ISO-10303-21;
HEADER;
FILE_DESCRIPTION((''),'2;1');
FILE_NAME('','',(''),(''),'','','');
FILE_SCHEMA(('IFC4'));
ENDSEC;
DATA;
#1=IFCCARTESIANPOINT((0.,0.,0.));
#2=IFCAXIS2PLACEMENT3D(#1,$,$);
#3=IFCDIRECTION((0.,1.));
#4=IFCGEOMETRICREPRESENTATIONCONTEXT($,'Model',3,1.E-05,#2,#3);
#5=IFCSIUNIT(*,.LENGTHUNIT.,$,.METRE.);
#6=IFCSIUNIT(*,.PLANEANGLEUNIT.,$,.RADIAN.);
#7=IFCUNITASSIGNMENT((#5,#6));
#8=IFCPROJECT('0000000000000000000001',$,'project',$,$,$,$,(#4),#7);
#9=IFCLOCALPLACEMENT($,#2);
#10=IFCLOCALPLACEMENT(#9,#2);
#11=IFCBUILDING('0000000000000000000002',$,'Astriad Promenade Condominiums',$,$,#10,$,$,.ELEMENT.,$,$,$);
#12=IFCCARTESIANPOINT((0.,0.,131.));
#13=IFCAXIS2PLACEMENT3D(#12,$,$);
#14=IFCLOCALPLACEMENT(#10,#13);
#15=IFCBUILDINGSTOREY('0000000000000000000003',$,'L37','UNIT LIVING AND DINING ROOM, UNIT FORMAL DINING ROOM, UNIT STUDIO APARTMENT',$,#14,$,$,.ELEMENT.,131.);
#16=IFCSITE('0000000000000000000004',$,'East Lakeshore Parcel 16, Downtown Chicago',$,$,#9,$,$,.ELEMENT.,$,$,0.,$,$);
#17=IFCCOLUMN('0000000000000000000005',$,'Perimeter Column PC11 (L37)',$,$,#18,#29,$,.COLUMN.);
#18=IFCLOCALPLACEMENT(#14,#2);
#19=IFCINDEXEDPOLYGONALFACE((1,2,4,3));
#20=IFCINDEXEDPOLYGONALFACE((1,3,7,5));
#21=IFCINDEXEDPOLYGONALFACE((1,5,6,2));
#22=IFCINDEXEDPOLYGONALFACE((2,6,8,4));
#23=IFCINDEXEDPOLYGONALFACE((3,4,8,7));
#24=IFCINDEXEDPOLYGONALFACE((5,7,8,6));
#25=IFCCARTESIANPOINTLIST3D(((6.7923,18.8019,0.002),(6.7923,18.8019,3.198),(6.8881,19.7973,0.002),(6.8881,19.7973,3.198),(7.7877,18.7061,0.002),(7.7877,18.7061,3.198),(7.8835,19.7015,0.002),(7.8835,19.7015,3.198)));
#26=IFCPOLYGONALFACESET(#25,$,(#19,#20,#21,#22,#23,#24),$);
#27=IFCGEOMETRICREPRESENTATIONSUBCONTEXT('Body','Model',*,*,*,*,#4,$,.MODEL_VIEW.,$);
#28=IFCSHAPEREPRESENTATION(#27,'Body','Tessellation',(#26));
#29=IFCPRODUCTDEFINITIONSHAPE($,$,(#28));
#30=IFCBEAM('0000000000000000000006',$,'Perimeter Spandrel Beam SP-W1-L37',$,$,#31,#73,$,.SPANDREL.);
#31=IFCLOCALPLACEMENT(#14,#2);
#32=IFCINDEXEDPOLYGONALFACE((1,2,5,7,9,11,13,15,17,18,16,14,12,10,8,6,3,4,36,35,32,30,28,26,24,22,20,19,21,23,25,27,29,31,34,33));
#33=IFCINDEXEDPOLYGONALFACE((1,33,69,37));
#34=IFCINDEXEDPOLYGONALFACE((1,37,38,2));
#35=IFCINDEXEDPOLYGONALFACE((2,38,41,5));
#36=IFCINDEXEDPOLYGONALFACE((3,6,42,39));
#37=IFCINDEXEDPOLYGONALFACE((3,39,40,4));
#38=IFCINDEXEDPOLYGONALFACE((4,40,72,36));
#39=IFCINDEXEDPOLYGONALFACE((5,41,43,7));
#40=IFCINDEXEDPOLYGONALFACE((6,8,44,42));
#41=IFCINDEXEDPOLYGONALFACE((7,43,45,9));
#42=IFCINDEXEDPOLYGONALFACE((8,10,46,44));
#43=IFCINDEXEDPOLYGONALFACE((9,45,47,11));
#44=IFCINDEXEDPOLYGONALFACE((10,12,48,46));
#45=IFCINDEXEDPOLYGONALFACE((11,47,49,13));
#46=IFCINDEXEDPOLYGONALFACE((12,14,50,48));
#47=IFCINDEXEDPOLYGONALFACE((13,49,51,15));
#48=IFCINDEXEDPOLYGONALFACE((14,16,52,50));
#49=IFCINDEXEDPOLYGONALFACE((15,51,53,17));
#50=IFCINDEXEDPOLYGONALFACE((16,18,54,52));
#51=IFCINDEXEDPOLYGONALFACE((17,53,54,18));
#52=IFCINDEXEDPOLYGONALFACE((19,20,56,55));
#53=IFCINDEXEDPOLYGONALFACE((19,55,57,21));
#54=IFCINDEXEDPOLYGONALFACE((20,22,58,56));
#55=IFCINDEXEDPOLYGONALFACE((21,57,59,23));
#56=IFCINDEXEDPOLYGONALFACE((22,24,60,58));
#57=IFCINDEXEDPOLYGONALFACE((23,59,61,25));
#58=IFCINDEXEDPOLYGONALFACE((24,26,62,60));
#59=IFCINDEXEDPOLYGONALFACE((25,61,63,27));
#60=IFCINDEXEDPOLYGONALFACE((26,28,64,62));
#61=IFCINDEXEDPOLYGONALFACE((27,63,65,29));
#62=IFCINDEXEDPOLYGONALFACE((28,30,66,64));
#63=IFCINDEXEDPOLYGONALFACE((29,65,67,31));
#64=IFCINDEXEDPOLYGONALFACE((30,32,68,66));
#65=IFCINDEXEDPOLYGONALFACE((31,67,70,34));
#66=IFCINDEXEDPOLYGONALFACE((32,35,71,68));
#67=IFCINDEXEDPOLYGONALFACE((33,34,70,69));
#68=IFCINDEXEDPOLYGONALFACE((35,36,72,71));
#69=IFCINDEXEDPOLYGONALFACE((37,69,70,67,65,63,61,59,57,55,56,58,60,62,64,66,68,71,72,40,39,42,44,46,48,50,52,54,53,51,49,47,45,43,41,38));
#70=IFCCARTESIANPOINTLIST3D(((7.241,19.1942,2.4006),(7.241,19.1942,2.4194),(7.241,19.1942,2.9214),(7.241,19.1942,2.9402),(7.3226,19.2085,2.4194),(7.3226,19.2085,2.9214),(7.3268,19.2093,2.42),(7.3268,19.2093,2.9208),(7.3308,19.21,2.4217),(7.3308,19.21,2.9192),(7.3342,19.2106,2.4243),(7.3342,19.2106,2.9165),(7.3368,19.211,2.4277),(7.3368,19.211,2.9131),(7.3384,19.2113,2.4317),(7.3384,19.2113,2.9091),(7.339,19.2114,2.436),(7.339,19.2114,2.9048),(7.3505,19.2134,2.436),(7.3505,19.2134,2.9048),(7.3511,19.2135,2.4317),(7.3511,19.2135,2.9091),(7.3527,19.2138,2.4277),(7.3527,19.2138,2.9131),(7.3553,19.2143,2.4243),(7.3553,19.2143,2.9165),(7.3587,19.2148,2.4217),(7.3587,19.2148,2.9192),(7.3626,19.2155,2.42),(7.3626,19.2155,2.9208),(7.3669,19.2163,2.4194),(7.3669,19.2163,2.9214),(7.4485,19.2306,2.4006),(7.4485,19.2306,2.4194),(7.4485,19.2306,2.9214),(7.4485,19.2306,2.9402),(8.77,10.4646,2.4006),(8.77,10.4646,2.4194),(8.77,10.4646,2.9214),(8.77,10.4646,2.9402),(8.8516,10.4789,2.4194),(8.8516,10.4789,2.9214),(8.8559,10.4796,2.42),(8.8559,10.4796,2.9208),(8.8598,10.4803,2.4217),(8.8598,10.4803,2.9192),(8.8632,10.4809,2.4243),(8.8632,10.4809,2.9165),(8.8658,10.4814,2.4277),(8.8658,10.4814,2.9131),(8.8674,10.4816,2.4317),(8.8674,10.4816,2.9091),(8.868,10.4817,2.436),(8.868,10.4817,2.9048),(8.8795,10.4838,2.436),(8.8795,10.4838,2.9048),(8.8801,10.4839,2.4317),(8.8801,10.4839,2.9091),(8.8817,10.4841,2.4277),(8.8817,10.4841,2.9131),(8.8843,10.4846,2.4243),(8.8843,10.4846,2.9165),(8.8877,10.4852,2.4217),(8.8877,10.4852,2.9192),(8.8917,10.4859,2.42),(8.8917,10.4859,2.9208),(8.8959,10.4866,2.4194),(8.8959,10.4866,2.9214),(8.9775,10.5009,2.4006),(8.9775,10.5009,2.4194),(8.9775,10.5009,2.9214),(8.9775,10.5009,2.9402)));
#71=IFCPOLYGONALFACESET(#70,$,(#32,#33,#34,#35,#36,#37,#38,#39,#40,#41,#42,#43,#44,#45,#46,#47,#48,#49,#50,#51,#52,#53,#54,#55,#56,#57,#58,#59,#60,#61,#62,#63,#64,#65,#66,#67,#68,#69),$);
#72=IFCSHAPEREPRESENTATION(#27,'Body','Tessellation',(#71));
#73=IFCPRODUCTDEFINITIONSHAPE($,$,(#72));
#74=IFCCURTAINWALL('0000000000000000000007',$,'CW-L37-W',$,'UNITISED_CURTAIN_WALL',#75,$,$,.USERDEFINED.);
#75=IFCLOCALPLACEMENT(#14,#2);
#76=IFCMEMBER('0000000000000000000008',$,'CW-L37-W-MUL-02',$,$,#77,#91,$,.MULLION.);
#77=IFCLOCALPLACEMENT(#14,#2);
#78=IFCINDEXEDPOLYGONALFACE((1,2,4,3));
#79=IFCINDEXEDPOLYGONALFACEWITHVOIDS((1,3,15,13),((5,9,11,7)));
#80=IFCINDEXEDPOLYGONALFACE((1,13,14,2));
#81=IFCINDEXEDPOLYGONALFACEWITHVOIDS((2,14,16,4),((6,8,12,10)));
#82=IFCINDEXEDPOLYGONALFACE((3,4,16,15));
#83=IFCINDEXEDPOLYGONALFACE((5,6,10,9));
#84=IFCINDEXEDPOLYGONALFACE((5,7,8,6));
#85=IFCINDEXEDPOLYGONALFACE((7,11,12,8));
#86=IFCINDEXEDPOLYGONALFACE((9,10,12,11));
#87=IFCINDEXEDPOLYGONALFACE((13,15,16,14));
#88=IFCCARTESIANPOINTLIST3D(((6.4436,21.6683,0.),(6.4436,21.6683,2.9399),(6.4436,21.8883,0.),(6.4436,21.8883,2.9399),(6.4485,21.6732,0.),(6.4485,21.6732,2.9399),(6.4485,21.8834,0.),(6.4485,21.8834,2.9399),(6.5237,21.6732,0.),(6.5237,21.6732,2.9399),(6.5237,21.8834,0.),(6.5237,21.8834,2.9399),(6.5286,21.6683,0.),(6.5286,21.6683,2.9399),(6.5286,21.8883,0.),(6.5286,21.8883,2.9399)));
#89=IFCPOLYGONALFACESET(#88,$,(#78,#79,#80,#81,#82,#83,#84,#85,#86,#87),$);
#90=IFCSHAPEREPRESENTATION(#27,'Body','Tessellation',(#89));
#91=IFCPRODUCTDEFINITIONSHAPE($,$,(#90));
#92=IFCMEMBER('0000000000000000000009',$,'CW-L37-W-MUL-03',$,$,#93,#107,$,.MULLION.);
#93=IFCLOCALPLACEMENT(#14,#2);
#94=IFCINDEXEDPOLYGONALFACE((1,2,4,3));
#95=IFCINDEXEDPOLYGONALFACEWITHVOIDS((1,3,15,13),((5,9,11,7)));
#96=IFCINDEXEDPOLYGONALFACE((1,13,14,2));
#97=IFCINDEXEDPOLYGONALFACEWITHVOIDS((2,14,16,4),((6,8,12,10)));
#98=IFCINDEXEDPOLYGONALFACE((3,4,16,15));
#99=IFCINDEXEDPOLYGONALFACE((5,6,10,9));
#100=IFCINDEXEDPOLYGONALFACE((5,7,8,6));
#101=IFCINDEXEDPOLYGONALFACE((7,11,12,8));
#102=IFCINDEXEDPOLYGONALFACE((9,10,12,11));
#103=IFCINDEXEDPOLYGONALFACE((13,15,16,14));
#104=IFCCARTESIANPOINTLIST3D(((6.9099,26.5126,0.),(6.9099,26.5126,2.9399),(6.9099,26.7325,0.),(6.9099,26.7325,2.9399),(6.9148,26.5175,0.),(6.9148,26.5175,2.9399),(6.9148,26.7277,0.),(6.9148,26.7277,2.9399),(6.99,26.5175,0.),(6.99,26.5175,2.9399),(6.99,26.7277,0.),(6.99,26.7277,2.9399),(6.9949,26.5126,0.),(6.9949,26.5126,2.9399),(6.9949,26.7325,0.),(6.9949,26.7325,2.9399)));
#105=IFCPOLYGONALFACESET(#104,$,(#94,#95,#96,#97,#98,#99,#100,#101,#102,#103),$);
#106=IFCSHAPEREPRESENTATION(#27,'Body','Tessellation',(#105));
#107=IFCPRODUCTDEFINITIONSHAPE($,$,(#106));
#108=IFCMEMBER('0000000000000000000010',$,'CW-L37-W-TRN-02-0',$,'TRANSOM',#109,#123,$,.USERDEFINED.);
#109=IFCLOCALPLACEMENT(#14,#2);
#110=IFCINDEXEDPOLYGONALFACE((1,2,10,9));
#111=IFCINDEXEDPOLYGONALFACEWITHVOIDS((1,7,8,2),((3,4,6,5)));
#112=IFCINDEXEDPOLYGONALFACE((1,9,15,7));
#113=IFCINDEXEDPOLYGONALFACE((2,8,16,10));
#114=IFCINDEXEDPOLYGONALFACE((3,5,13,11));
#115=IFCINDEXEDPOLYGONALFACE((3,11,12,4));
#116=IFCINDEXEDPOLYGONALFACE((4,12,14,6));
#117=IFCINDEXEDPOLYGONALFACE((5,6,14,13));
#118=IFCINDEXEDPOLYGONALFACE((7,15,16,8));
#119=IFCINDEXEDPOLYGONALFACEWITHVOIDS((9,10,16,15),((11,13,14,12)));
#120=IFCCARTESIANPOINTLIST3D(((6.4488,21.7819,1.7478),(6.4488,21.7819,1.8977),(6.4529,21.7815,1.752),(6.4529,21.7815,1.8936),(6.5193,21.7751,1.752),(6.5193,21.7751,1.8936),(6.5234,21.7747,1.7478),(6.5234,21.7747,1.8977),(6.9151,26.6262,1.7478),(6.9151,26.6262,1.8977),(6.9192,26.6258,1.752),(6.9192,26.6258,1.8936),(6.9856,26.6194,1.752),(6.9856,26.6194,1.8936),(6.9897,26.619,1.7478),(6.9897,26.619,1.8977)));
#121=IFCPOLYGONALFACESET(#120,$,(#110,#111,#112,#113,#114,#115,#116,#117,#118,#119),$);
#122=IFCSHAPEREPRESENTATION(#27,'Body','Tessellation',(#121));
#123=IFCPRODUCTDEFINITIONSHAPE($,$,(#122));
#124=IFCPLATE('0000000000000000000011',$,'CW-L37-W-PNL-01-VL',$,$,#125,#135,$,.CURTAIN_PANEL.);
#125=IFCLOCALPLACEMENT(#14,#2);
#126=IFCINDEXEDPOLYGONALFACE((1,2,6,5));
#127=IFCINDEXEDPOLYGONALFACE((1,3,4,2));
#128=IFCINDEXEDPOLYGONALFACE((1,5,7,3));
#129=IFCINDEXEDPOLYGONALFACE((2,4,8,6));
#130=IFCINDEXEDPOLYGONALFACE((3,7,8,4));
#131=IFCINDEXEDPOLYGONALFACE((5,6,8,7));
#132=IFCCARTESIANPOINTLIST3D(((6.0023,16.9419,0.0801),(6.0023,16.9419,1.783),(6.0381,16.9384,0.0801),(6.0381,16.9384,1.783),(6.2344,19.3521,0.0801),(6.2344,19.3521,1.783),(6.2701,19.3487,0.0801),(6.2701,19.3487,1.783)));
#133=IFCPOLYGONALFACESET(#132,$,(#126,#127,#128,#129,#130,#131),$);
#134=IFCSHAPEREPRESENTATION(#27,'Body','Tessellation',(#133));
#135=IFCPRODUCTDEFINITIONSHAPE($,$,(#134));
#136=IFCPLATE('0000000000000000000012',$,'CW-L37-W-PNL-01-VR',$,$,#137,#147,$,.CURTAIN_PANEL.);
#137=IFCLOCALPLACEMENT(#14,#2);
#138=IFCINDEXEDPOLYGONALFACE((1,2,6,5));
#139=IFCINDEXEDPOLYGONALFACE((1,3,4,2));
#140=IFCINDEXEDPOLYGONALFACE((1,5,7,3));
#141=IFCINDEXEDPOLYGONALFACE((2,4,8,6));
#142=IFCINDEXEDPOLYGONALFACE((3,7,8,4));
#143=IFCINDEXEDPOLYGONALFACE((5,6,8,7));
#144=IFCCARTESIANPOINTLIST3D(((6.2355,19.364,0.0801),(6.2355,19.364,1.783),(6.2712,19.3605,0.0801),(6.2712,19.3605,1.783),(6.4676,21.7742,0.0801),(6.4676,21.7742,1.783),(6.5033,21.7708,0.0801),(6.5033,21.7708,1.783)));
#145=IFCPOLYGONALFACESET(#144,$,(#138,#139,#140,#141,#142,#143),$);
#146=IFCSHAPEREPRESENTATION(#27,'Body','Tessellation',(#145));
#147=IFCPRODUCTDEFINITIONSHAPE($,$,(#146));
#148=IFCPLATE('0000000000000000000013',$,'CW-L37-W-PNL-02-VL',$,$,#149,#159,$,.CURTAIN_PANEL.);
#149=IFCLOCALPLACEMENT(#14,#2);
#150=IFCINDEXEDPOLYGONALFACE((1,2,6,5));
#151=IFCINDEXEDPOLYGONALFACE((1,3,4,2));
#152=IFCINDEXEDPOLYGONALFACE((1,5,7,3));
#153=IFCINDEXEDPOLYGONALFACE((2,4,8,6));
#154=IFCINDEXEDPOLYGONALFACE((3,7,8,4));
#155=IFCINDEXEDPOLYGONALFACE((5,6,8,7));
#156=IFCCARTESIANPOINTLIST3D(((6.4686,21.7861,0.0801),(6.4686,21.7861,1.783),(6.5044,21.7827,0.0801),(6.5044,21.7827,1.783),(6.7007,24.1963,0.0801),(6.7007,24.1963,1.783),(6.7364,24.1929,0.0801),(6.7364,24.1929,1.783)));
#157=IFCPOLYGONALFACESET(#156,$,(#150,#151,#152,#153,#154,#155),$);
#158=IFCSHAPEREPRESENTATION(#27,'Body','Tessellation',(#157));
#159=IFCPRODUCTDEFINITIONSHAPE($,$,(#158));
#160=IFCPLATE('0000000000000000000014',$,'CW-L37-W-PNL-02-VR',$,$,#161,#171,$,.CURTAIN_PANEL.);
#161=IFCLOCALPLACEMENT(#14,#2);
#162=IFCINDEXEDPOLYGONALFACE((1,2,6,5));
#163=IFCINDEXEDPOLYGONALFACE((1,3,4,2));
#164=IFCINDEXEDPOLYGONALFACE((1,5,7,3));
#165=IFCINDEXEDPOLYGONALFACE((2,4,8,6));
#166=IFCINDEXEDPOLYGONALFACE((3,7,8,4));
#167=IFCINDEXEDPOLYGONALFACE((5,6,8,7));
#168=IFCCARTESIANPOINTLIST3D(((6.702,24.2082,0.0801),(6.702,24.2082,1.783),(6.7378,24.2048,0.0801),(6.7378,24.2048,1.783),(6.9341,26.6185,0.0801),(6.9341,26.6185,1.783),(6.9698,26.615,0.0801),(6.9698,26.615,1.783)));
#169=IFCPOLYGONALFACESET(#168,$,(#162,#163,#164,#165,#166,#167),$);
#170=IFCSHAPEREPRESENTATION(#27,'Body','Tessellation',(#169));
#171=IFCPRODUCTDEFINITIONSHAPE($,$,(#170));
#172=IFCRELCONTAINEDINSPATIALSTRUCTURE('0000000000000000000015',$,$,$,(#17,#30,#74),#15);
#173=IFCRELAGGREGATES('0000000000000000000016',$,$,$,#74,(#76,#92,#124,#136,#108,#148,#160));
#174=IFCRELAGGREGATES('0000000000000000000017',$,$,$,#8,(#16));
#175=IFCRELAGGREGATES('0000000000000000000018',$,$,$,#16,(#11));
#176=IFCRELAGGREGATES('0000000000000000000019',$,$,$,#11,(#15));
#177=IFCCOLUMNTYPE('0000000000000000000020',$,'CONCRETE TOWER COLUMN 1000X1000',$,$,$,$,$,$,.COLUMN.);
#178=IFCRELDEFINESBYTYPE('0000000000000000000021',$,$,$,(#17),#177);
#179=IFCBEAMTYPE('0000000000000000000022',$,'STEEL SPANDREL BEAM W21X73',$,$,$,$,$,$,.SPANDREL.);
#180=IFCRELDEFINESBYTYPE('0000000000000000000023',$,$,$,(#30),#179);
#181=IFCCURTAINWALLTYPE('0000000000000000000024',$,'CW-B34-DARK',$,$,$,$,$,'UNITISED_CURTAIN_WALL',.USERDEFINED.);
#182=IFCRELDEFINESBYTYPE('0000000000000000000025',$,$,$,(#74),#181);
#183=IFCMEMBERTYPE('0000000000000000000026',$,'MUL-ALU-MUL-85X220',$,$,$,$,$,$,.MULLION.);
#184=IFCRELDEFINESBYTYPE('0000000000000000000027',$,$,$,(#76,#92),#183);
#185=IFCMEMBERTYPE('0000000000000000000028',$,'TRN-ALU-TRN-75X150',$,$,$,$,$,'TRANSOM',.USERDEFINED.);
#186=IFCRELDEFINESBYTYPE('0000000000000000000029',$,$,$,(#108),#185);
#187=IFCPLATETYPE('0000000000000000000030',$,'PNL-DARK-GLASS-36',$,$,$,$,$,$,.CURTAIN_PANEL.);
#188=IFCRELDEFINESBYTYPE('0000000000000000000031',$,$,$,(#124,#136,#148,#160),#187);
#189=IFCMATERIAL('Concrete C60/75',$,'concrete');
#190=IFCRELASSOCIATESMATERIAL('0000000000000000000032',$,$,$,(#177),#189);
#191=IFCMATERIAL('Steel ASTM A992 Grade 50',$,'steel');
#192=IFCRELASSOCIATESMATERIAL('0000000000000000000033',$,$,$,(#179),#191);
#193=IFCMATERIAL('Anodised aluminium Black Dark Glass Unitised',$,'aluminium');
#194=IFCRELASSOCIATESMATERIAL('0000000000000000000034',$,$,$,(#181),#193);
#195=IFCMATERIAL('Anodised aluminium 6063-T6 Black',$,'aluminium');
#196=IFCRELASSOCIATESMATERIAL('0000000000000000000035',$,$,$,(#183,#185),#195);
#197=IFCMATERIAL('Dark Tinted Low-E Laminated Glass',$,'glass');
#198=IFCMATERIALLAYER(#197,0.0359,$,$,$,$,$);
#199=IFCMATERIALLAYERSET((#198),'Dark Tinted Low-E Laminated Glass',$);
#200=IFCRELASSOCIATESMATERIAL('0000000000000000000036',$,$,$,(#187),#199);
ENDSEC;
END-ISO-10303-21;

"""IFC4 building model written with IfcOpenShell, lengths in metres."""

from ifc_helpers import new_model, si_unit, direction, frame, origin, origin_2d, place, context, subcontext, project, spatial, rectangle, hollow_rectangle, i_section, extrude, source, transform, mapped, material, layer, layer_set, material_profile, profile_set, type_object, type_shapes, element, aggregate, save


model = new_model("IFC4")

# Units and contexts
model_context = context("Model", 3, precision=1e-05, world=origin(), true_north=direction((0.0, 1.0)))
body_context = subcontext(model_context, "Body", "Model", "MODEL_VIEW")
ifc_project = project(units=[si_unit("LENGTHUNIT", "METRE"), si_unit("PLANEANGLEUNIT", "RADIAN")], contexts=[model_context])

# Site, building, storey
site_placement = place(None, origin())
site = spatial("IfcSite", under=ifc_project, at=site_placement, Name="East Lakeshore Parcel 16, Downtown Chicago", CompositionType="ELEMENT", RefElevation=0.0)
building_placement = place(site_placement, origin())
building = spatial("IfcBuilding", under=site, at=building_placement, Name="Astriad Promenade Condominiums", CompositionType="ELEMENT")
storey_placement = place(building_placement, frame((0.0, 0.0, 131.0)))
storey = spatial("IfcBuildingStorey", under=building, at=storey_placement, Name="L37", Description="UNIT LIVING AND DINING ROOM, UNIT FORMAL DINING ROOM, UNIT STUDIO APARTMENT", CompositionType="ELEMENT", Elevation=131.0)

# Column
ifc_material_1 = material(Name="Concrete C60/75", Category="concrete")
ifc_material_profile_1 = material_profile(ifc_material_1, rectangle(XDim=1.0, YDim=1.0, at=origin_2d()), Name="RC-COL-1000X1000")
ifc_profile_set_1 = profile_set([ifc_material_profile_1], Name="Concrete C60/75")
column_type = type_object("IfcColumnType", Name="CONCRETE TOWER COLUMN 1000X1000", PredefinedType="COLUMN", material=ifc_profile_set_1)
shared_shape_1 = source(origin(), body_context, "Body", "SweptSolid", [
    extrude(rectangle(XDim=1.0, YDim=1.0, at=origin_2d()), origin(), (0.0, 0.0, 1.0), 3.196),
])
type_shapes(column_type, [shared_shape_1])
column_placement = place(storey_placement, frame((7.3379, 19.2517, 0.002), z_axis=(0.0, 0.0, 1.0), x_axis=(0.995396, -0.095846, 0.0)))
element("IfcColumn", 1, at=column_placement, inside=storey, type_object=column_type, Name="Perimeter Column PC11 (L37)", PredefinedType="COLUMN", context=body_context, shape_type="MappedRepresentation", body=[
    mapped(shared_shape_1, transform((0.0, 0.0, 0.0), scale=1.0)),
])

# Beam
ifc_material_2 = material(Name="Steel ASTM A992 Grade 50", Category="steel")
ifc_material_profile_2 = material_profile(ifc_material_2, i_section(OverallWidth=0.2107, OverallDepth=0.5396, WebThickness=0.0117, FlangeThickness=0.0188, FilletRadius=0.0166, at=origin_2d()), Name="W21X73")
ifc_profile_set_2 = profile_set([ifc_material_profile_2], Name="Steel ASTM A992 Grade 50")
beam_type = type_object("IfcBeamType", Name="STEEL SPANDREL BEAM W21X73", PredefinedType="SPANDREL", material=ifc_profile_set_2)
shared_shape_2 = source(origin(), body_context, "Body", "SweptSolid", [
    extrude(i_section(OverallWidth=0.2107, OverallDepth=0.5396, WebThickness=0.0117, FlangeThickness=0.0188, FilletRadius=0.0166, at=origin_2d()), origin(), (0.0, 0.0, 1.0), 8.8625),
])
type_shapes(beam_type, [shared_shape_2])
beam_placement = place(storey_placement, frame((7.3447, 19.2124, 2.6704), z_axis=(0.172528, -0.985005, 0.0), x_axis=(0.985005, 0.172528, 0.0)))
element("IfcBeam", 2, at=beam_placement, inside=storey, type_object=beam_type, Name="Perimeter Spandrel Beam SP-W1-L37", PredefinedType="SPANDREL", context=body_context, shape_type="MappedRepresentation", body=[
    mapped(shared_shape_2, transform((0.0, 0.0, 0.0), scale=1.0)),
])

# Curtain wall, members, plates
ifc_material_3 = material(Name="Anodised aluminium Black Dark Glass Unitised", Category="aluminium")
curtain_wall_type = type_object("IfcCurtainWallType", Name="CW-B34-DARK", ElementType="UNITISED_CURTAIN_WALL", PredefinedType="USERDEFINED", material=ifc_material_3)
curtain_wall_placement = place(storey_placement, origin())
curtain_wall = element("IfcCurtainWall", 3, at=curtain_wall_placement, inside=storey, type_object=curtain_wall_type, Name="CW-L37-W", ObjectType="UNITISED_CURTAIN_WALL", PredefinedType="USERDEFINED")
ifc_material_4 = material(Name="Anodised aluminium 6063-T6 Black", Category="aluminium")
ifc_material_profile_3 = material_profile(ifc_material_4, hollow_rectangle(XDim=0.085, YDim=0.22, WallThickness=0.0049, at=origin_2d()), Name="ALU-MUL-85X220")
ifc_profile_set_3 = profile_set([ifc_material_profile_3], Name="Anodised aluminium 6063-T6 Black")
member_type_1 = type_object("IfcMemberType", Name="MUL-ALU-MUL-85X220", PredefinedType="MULLION", material=ifc_profile_set_3)
shared_shape_3 = source(origin(), body_context, "Body", "SweptSolid", [
    extrude(hollow_rectangle(XDim=0.085, YDim=0.22, WallThickness=0.0049, at=origin_2d()), origin(), (0.0, 0.0, 1.0), 2.9399),
])
type_shapes(member_type_1, [shared_shape_3])
member_1_placement = place(storey_placement, frame((6.4861, 21.7783, 0.0), z_axis=(0.0, 0.0, 1.0), x_axis=(1.0, 0.0, 0.0)))
member_1 = element("IfcMember", 4, at=member_1_placement, type_object=member_type_1, Name="CW-L37-W-MUL-02", PredefinedType="MULLION", context=body_context, shape_type="MappedRepresentation", body=[
    mapped(shared_shape_3, transform((0.0, 0.0, 0.0), scale=1.0)),
])
member_2_placement = place(storey_placement, frame((6.9524, 26.6226, 0.0), z_axis=(0.0, 0.0, 1.0), x_axis=(1.0, 0.0, 0.0)))
member_2 = element("IfcMember", 5, at=member_2_placement, type_object=member_type_1, Name="CW-L37-W-MUL-03", PredefinedType="MULLION", context=body_context, shape_type="MappedRepresentation", body=[
    mapped(shared_shape_3, transform((0.0, 0.0, 0.0), scale=1.0)),
])
ifc_material_profile_4 = material_profile(ifc_material_4, hollow_rectangle(XDim=0.075, YDim=0.1499, WallThickness=0.0042, at=origin_2d()), Name="ALU-TRN-75X150")
ifc_profile_set_4 = profile_set([ifc_material_profile_4], Name="Anodised aluminium 6063-T6 Black")
member_type_2 = type_object("IfcMemberType", Name="TRN-ALU-TRN-75X150", ElementType="TRANSOM", PredefinedType="USERDEFINED", material=ifc_profile_set_4)
shared_shape_4 = source(origin(), body_context, "Body", "SweptSolid", [
    extrude(hollow_rectangle(XDim=0.075, YDim=0.1499, WallThickness=0.0042, at=origin_2d()), origin(), (0.0, 0.0, 1.0), 4.8667),
])
type_shapes(member_type_2, [shared_shape_4])
member_3_placement = place(storey_placement, frame((6.4861, 21.7783, 1.8228), z_axis=(0.095818, 0.995399, 0.0), x_axis=(-0.995399, 0.095818, 0.0)))
member_3 = element("IfcMember", 6, at=member_3_placement, type_object=member_type_2, Name="CW-L37-W-TRN-02-0", ObjectType="TRANSOM", PredefinedType="USERDEFINED", context=body_context, shape_type="MappedRepresentation", body=[
    mapped(shared_shape_4, transform((0.0, 0.0, 0.0), scale=1.0)),
])
ifc_material_5 = material(Name="Dark Tinted Low-E Laminated Glass", Category="glass")
ifc_layer_1 = layer(ifc_material_5, 0.0359)
ifc_layer_set_1 = layer_set([ifc_layer_1], Name="Dark Tinted Low-E Laminated Glass")
plate_type = type_object("IfcPlateType", Name="PNL-DARK-GLASS-36", PredefinedType="CURTAIN_PANEL", material=ifc_layer_set_1)
shared_shape_5 = source(origin(), body_context, "Body", "SweptSolid", [
    extrude(rectangle(XDim=2.4214, YDim=0.0359, at=origin_2d()), origin(), (0.0, 0.0, 1.0), 1.7029),
])
plate_1_placement = place(storey_placement, frame((6.1362, 18.1453, 0.0801), z_axis=(0.0, 0.0, 1.0), x_axis=(0.095846, 0.995396, 0.0)))
plate_1 = element("IfcPlate", 7, at=plate_1_placement, type_object=plate_type, Name="CW-L37-W-PNL-01-VL", PredefinedType="CURTAIN_PANEL", context=body_context, shape_type="MappedRepresentation", body=[
    mapped(shared_shape_5, transform((0.0, 0.0, 0.0), scale=1.0)),
])
plate_2_placement = place(storey_placement, frame((6.3694, 20.5674, 0.0801), z_axis=(0.0, 0.0, 1.0), x_axis=(0.095846, 0.995396, 0.0)))
plate_2 = element("IfcPlate", 8, at=plate_2_placement, type_object=plate_type, Name="CW-L37-W-PNL-01-VR", PredefinedType="CURTAIN_PANEL", context=body_context, shape_type="MappedRepresentation", body=[
    mapped(shared_shape_5, transform((0.0, 0.0, 0.0), scale=1.0)),
])
plate_3_placement = place(storey_placement, frame((6.6025, 22.9895, 0.0801), z_axis=(0.0, 0.0, 1.0), x_axis=(0.095846, 0.995396, 0.0)))
plate_3 = element("IfcPlate", 9, at=plate_3_placement, type_object=plate_type, Name="CW-L37-W-PNL-02-VL", PredefinedType="CURTAIN_PANEL", context=body_context, shape_type="MappedRepresentation", body=[
    mapped(shared_shape_5, transform((0.0, 0.0, 0.0), scale=1.0)),
])
plate_4_placement = place(storey_placement, frame((6.8359, 25.4116, 0.0801), z_axis=(0.0, 0.0, 1.0), x_axis=(0.095846, 0.995396, 0.0)))
plate_4 = element("IfcPlate", 10, at=plate_4_placement, type_object=plate_type, Name="CW-L37-W-PNL-02-VR", PredefinedType="CURTAIN_PANEL", context=body_context, shape_type="MappedRepresentation", body=[
    mapped(shared_shape_5, transform((0.0, 0.0, 0.0), scale=1.0)),
])
aggregate(curtain_wall, [member_1, member_2, plate_1, plate_2, member_3, plate_3, plate_4])

save(model, "model.ifc")
